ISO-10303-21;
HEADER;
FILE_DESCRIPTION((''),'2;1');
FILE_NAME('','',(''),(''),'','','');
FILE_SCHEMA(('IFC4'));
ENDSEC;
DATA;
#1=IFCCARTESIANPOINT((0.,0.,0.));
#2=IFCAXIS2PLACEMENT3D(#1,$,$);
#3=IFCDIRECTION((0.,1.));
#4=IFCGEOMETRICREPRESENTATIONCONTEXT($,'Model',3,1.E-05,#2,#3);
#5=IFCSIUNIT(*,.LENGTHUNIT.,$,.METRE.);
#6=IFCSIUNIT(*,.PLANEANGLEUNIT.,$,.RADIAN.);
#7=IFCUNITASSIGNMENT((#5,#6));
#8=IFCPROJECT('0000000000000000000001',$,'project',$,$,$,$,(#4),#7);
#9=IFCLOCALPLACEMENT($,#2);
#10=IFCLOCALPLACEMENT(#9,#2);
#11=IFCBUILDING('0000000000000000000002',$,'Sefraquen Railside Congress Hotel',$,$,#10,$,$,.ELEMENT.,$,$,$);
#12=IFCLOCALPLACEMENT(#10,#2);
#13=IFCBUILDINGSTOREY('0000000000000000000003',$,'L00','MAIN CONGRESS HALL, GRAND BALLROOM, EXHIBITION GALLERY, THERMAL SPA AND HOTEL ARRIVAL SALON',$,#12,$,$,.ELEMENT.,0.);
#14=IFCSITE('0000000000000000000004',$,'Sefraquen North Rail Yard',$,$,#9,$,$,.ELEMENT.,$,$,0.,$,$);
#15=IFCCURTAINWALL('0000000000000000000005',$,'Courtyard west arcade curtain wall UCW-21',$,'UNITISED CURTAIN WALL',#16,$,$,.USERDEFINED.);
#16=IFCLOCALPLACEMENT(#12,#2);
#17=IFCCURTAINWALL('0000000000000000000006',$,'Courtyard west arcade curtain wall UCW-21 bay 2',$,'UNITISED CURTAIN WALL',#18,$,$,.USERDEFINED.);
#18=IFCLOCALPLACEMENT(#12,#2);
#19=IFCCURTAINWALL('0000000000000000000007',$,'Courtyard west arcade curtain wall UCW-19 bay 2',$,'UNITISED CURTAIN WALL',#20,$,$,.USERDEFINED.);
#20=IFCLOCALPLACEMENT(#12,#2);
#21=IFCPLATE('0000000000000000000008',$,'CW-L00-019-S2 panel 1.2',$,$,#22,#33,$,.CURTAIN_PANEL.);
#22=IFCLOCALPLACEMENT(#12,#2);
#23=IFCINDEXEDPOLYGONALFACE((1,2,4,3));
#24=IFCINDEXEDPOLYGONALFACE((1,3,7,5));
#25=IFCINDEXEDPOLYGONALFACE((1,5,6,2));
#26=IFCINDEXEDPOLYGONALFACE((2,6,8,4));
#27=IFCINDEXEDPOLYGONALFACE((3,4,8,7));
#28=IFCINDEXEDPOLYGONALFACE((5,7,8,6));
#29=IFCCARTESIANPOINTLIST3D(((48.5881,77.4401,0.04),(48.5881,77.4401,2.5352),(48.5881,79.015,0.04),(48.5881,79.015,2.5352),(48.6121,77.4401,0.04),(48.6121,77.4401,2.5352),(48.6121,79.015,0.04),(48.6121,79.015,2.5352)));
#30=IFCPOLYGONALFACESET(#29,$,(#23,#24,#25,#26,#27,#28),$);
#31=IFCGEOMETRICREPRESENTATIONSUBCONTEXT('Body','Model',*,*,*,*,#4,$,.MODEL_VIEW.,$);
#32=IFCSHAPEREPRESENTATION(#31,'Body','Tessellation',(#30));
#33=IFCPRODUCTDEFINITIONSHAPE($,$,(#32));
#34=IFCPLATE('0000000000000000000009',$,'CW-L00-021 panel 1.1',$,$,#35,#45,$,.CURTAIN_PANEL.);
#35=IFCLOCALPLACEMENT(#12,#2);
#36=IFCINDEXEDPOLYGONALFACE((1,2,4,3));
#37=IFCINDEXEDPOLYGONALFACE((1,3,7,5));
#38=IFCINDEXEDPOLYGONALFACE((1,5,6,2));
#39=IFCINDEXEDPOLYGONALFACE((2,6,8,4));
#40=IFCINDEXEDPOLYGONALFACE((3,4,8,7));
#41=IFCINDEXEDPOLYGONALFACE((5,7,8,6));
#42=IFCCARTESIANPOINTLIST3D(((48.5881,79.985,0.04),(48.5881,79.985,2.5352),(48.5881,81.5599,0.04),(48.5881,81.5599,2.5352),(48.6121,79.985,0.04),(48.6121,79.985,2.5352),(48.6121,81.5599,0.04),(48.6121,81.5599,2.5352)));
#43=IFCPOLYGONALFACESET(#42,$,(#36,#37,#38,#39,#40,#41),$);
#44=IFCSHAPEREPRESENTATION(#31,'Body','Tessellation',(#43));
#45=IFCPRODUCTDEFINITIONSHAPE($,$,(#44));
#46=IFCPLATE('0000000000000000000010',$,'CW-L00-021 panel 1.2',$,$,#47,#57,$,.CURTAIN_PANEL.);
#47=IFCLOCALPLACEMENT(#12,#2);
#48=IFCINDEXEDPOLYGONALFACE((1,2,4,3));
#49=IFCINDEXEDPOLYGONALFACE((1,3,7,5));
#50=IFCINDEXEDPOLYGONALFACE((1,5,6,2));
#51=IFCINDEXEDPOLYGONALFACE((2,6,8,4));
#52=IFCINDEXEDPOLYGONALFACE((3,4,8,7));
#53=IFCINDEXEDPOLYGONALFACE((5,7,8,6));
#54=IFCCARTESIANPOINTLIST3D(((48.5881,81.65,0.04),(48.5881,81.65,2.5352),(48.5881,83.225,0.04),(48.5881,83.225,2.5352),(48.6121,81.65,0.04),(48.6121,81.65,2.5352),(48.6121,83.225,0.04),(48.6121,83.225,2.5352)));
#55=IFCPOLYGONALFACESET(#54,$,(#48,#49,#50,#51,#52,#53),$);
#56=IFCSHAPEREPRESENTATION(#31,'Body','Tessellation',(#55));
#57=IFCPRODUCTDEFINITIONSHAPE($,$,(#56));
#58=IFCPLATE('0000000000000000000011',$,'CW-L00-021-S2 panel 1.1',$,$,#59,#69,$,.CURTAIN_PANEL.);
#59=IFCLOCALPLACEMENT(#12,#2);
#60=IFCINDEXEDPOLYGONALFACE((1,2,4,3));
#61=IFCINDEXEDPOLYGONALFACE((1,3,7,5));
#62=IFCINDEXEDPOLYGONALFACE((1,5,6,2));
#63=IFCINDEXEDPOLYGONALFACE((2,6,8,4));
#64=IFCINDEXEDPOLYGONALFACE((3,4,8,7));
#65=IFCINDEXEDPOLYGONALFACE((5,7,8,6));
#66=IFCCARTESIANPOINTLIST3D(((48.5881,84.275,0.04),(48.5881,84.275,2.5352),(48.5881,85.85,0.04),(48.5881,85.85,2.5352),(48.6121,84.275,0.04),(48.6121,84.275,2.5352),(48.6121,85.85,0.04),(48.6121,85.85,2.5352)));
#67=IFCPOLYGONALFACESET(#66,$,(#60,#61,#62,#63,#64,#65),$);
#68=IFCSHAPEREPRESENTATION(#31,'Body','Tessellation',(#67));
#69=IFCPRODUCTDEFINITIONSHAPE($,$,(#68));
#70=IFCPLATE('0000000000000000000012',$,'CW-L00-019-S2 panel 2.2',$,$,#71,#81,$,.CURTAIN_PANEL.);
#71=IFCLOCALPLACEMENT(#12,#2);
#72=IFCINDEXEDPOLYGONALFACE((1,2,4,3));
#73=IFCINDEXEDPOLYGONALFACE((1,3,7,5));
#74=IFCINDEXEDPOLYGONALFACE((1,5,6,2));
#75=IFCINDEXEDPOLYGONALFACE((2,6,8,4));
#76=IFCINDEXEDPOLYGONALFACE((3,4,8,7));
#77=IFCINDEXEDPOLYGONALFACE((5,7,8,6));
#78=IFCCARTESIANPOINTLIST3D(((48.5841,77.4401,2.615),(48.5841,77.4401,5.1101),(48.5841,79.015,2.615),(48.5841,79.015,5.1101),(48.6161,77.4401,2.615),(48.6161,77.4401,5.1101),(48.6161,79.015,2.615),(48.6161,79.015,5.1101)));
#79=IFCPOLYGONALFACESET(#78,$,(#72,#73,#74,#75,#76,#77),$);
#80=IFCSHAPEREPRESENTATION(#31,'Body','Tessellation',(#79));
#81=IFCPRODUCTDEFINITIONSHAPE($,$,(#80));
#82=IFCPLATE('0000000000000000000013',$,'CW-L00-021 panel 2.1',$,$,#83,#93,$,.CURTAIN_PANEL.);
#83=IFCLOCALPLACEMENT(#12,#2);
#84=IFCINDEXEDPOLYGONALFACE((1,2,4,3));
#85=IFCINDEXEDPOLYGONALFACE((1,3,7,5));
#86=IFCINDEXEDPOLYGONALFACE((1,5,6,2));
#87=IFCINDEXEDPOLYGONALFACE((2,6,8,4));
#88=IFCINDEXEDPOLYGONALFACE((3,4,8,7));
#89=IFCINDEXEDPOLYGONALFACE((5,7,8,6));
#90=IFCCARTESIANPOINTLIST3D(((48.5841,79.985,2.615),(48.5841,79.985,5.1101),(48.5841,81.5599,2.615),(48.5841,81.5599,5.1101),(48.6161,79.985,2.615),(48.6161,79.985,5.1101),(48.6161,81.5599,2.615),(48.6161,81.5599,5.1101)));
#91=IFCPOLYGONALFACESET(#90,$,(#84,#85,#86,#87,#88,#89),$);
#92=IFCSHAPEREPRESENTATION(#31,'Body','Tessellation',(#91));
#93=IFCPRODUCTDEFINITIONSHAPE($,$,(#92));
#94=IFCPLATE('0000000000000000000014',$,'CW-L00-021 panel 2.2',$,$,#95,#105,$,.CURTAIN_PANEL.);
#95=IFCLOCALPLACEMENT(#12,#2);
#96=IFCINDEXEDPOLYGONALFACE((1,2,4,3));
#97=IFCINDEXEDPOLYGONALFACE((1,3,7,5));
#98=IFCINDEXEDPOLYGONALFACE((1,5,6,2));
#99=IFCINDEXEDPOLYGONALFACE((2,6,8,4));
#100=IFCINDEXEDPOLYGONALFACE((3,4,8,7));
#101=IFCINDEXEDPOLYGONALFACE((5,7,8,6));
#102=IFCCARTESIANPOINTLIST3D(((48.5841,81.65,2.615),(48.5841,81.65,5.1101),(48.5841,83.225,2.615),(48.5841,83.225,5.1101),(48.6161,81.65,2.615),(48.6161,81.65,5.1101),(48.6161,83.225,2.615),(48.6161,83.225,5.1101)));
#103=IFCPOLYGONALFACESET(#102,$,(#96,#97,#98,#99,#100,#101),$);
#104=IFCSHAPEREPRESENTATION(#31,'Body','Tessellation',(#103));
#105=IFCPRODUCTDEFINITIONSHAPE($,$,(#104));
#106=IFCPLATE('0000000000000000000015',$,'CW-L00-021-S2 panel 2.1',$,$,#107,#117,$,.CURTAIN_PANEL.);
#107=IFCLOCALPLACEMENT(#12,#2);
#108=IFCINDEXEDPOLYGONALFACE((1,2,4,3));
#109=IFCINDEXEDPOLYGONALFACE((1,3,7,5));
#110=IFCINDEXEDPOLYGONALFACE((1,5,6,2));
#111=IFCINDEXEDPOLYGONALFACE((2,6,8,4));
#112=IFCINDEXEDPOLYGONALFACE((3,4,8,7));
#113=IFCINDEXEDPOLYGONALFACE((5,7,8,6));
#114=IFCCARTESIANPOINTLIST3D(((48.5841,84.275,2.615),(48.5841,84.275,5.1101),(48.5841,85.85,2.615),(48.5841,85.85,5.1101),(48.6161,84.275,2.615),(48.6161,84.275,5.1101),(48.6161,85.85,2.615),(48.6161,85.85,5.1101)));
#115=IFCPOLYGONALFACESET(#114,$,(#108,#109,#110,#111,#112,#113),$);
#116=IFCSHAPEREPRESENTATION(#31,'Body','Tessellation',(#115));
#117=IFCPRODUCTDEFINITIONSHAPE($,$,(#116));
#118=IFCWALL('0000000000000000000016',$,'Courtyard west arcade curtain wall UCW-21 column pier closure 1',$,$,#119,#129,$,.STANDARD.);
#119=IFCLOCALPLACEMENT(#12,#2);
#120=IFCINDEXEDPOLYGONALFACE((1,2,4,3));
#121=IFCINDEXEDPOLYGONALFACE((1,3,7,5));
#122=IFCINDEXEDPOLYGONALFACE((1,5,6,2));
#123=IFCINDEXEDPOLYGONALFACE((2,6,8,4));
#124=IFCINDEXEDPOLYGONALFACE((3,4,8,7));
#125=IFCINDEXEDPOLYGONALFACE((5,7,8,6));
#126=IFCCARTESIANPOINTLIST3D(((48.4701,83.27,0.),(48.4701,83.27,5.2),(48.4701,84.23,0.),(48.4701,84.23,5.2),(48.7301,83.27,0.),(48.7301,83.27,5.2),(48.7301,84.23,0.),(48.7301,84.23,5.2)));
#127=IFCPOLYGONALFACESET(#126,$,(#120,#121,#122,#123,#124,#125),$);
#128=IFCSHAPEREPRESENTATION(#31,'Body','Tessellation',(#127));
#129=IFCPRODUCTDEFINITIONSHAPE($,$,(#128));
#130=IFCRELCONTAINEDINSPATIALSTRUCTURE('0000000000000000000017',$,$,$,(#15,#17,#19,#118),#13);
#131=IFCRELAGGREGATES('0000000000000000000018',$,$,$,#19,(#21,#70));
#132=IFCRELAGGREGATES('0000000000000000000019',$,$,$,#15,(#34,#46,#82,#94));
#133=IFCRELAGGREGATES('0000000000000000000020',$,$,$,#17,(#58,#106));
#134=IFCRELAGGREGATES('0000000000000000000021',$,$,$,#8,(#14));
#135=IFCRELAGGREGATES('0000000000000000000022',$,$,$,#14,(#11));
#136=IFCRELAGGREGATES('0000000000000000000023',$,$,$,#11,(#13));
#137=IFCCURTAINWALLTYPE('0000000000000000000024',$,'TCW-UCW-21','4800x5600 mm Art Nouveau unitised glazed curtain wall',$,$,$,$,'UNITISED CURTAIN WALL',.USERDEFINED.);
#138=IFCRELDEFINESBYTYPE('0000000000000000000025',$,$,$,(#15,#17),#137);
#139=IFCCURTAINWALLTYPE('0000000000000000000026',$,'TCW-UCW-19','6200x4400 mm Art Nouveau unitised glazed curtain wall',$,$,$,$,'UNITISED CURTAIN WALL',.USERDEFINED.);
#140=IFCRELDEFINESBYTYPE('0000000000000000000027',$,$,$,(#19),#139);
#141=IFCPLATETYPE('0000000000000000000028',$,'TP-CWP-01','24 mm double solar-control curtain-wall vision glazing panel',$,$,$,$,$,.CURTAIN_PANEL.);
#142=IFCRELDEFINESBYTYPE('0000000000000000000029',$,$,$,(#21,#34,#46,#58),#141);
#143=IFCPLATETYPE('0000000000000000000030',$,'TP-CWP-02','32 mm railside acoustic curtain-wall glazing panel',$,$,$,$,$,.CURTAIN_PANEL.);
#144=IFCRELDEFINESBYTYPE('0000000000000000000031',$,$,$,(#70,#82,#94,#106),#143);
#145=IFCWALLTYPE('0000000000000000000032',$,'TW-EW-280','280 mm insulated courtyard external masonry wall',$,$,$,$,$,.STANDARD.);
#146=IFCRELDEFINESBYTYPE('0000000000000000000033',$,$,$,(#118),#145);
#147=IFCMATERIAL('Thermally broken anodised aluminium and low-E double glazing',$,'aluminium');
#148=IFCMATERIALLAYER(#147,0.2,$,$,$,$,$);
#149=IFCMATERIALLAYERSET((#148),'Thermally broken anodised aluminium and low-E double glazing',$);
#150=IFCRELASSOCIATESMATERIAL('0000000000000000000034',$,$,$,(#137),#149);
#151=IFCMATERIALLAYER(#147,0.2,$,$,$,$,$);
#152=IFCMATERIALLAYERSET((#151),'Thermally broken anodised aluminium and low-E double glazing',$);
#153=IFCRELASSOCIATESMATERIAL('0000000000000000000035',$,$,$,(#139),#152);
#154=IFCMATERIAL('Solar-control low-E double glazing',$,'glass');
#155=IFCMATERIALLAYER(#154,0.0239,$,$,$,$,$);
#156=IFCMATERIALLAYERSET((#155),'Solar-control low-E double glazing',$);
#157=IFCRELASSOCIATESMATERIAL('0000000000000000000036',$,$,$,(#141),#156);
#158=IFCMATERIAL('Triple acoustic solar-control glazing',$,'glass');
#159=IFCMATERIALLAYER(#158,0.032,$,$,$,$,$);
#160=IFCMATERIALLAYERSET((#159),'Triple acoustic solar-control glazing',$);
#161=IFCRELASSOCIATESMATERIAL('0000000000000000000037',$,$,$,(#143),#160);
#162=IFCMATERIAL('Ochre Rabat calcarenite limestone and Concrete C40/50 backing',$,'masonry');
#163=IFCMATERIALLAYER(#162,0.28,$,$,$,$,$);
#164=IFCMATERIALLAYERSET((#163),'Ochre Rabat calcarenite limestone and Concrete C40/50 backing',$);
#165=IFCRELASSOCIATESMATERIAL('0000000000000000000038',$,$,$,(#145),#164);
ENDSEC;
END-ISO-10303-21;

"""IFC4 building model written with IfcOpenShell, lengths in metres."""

from ifc_helpers import new_model, si_unit, direction, frame, frame_2d, origin, origin_2d, place, context, subcontext, project, spatial, rectangle, extrude, material, layer, layer_set, type_object, element, aggregate, save


model = new_model("IFC4")

# Units and contexts
model_context = context("Model", 3, precision=1e-05, world=origin(), true_north=direction((0.0, 1.0)))
body_context = subcontext(model_context, "Body", "Model", "MODEL_VIEW")
ifc_project = project(units=[si_unit("LENGTHUNIT", "METRE"), si_unit("PLANEANGLEUNIT", "RADIAN")], contexts=[model_context])

# Site, building, storey
site_placement = place(None, origin())
site = spatial("IfcSite", under=ifc_project, at=site_placement, Name="Sefraquen North Rail Yard", CompositionType="ELEMENT", RefElevation=0.0)
building_placement = place(site_placement, origin())
building = spatial("IfcBuilding", under=site, at=building_placement, Name="Sefraquen Railside Congress Hotel", CompositionType="ELEMENT")
storey_placement = place(building_placement, origin())
storey = spatial("IfcBuildingStorey", under=building, at=storey_placement, Name="L00", Description="MAIN CONGRESS HALL, GRAND BALLROOM, EXHIBITION GALLERY, THERMAL SPA AND HOTEL ARRIVAL SALON", CompositionType="ELEMENT", Elevation=0.0)

# Curtain walls
ifc_material_1 = material(Name="Thermally broken anodised aluminium and low-E double glazing", Category="aluminium")
ifc_layer_1 = layer(ifc_material_1, 0.2)
ifc_layer_set_1 = layer_set([ifc_layer_1], Name="Thermally broken anodised aluminium and low-E double glazing")
curtain_wall_type_1 = type_object("IfcCurtainWallType", Name="TCW-UCW-21", Description="4800x5600 mm Art Nouveau unitised glazed curtain wall", ElementType="UNITISED CURTAIN WALL", PredefinedType="USERDEFINED", material=ifc_layer_set_1)
curtain_wall_1_placement = place(storey_placement, origin())
curtain_wall_1 = element("IfcCurtainWall", 1, at=curtain_wall_1_placement, inside=storey, type_object=curtain_wall_type_1, Name="Courtyard west arcade curtain wall UCW-21", ObjectType="UNITISED CURTAIN WALL", PredefinedType="USERDEFINED")
curtain_wall_2_placement = place(storey_placement, origin())
curtain_wall_2 = element("IfcCurtainWall", 2, at=curtain_wall_2_placement, inside=storey, type_object=curtain_wall_type_1, Name="Courtyard west arcade curtain wall UCW-21 bay 2", ObjectType="UNITISED CURTAIN WALL", PredefinedType="USERDEFINED")
ifc_layer_2 = layer(ifc_material_1, 0.2)
ifc_layer_set_2 = layer_set([ifc_layer_2], Name="Thermally broken anodised aluminium and low-E double glazing")
curtain_wall_type_2 = type_object("IfcCurtainWallType", Name="TCW-UCW-19", Description="6200x4400 mm Art Nouveau unitised glazed curtain wall", ElementType="UNITISED CURTAIN WALL", PredefinedType="USERDEFINED", material=ifc_layer_set_2)
curtain_wall_3_placement = place(storey_placement, origin())
curtain_wall_3 = element("IfcCurtainWall", 3, at=curtain_wall_3_placement, inside=storey, type_object=curtain_wall_type_2, Name="Courtyard west arcade curtain wall UCW-19 bay 2", ObjectType="UNITISED CURTAIN WALL", PredefinedType="USERDEFINED")

# Plates
ifc_material_2 = material(Name="Solar-control low-E double glazing", Category="glass")
ifc_layer_3 = layer(ifc_material_2, 0.0239)
ifc_layer_set_3 = layer_set([ifc_layer_3], Name="Solar-control low-E double glazing")
plate_type_1 = type_object("IfcPlateType", Name="TP-CWP-01", Description="24 mm double solar-control curtain-wall vision glazing panel", PredefinedType="CURTAIN_PANEL", material=ifc_layer_set_3)
plate_1_placement = place(storey_placement, frame((48.6001, 78.2275, 0.04), z_axis=(0.0, 0.0, 1.0), x_axis=(0.0, 1.0, 0.0)))
plate_1 = element("IfcPlate", 4, at=plate_1_placement, type_object=plate_type_1, Name="CW-L00-019-S2 panel 1.2", PredefinedType="CURTAIN_PANEL", context=body_context, shape_type="SweptSolid", body=[
    extrude(rectangle(XDim=1.575, YDim=0.0239, at=origin_2d()), origin(), (0.0, 0.0, 1.0), 2.4951),
])
plate_2_placement = place(storey_placement, frame((48.6001, 80.7725, 0.04), z_axis=(0.0, 0.0, 1.0), x_axis=(0.0, 1.0, 0.0)))
plate_2 = element("IfcPlate", 5, at=plate_2_placement, type_object=plate_type_1, Name="CW-L00-021 panel 1.1", PredefinedType="CURTAIN_PANEL", context=body_context, shape_type="SweptSolid", body=[
    extrude(rectangle(XDim=1.575, YDim=0.0239, at=origin_2d()), origin(), (0.0, 0.0, 1.0), 2.4951),
])
plate_3_placement = place(storey_placement, frame((48.6001, 82.4375, 0.04), z_axis=(0.0, 0.0, 1.0), x_axis=(0.0, 1.0, 0.0)))
plate_3 = element("IfcPlate", 6, at=plate_3_placement, type_object=plate_type_1, Name="CW-L00-021 panel 1.2", PredefinedType="CURTAIN_PANEL", context=body_context, shape_type="SweptSolid", body=[
    extrude(rectangle(XDim=1.575, YDim=0.0239, at=origin_2d()), origin(), (0.0, 0.0, 1.0), 2.4951),
])
plate_4_placement = place(storey_placement, frame((48.6001, 85.0625, 0.04), z_axis=(0.0, 0.0, 1.0), x_axis=(0.0, 1.0, 0.0)))
plate_4 = element("IfcPlate", 7, at=plate_4_placement, type_object=plate_type_1, Name="CW-L00-021-S2 panel 1.1", PredefinedType="CURTAIN_PANEL", context=body_context, shape_type="SweptSolid", body=[
    extrude(rectangle(XDim=1.575, YDim=0.0239, at=origin_2d()), origin(), (0.0, 0.0, 1.0), 2.4951),
])
ifc_material_3 = material(Name="Triple acoustic solar-control glazing", Category="glass")
ifc_layer_4 = layer(ifc_material_3, 0.032)
ifc_layer_set_4 = layer_set([ifc_layer_4], Name="Triple acoustic solar-control glazing")
plate_type_2 = type_object("IfcPlateType", Name="TP-CWP-02", Description="32 mm railside acoustic curtain-wall glazing panel", PredefinedType="CURTAIN_PANEL", material=ifc_layer_set_4)
plate_5_placement = place(storey_placement, frame((48.6001, 78.2275, 2.615), z_axis=(0.0, 0.0, 1.0), x_axis=(0.0, 1.0, 0.0)))
plate_5 = element("IfcPlate", 8, at=plate_5_placement, type_object=plate_type_2, Name="CW-L00-019-S2 panel 2.2", PredefinedType="CURTAIN_PANEL", context=body_context, shape_type="SweptSolid", body=[
    extrude(rectangle(XDim=1.575, YDim=0.032, at=origin_2d()), origin(), (0.0, 0.0, 1.0), 2.4951),
])
aggregate(curtain_wall_3, [plate_1, plate_5])
plate_6_placement = place(storey_placement, frame((48.6001, 80.7725, 2.615), z_axis=(0.0, 0.0, 1.0), x_axis=(0.0, 1.0, 0.0)))
plate_6 = element("IfcPlate", 9, at=plate_6_placement, type_object=plate_type_2, Name="CW-L00-021 panel 2.1", PredefinedType="CURTAIN_PANEL", context=body_context, shape_type="SweptSolid", body=[
    extrude(rectangle(XDim=1.575, YDim=0.032, at=origin_2d()), origin(), (0.0, 0.0, 1.0), 2.4951),
])
plate_7_placement = place(storey_placement, frame((48.6001, 82.4375, 2.615), z_axis=(0.0, 0.0, 1.0), x_axis=(0.0, 1.0, 0.0)))
plate_7 = element("IfcPlate", 10, at=plate_7_placement, type_object=plate_type_2, Name="CW-L00-021 panel 2.2", PredefinedType="CURTAIN_PANEL", context=body_context, shape_type="SweptSolid", body=[
    extrude(rectangle(XDim=1.575, YDim=0.032, at=origin_2d()), origin(), (0.0, 0.0, 1.0), 2.4951),
])
aggregate(curtain_wall_1, [plate_2, plate_3, plate_6, plate_7])
plate_8_placement = place(storey_placement, frame((48.6001, 85.0625, 2.615), z_axis=(0.0, 0.0, 1.0), x_axis=(0.0, 1.0, 0.0)))
plate_8 = element("IfcPlate", 11, at=plate_8_placement, type_object=plate_type_2, Name="CW-L00-021-S2 panel 2.1", PredefinedType="CURTAIN_PANEL", context=body_context, shape_type="SweptSolid", body=[
    extrude(rectangle(XDim=1.575, YDim=0.032, at=origin_2d()), origin(), (0.0, 0.0, 1.0), 2.4951),
])
aggregate(curtain_wall_2, [plate_4, plate_8])

# Wall
ifc_material_4 = material(Name="Ochre Rabat calcarenite limestone and Concrete C40/50 backing", Category="masonry")
ifc_layer_5 = layer(ifc_material_4, 0.28)
ifc_layer_set_5 = layer_set([ifc_layer_5], Name="Ochre Rabat calcarenite limestone and Concrete C40/50 backing")
wall_type = type_object("IfcWallType", Name="TW-EW-280", Description="280 mm insulated courtyard external masonry wall", PredefinedType="STANDARD", material=ifc_layer_set_5)
wall_placement = place(storey_placement, frame((48.6001, 83.27, 0.0), z_axis=(0.0, 0.0, 1.0), x_axis=(0.0, 1.0, 0.0)))
element("IfcWall", 12, at=wall_placement, inside=storey, type_object=wall_type, Name="Courtyard west arcade curtain wall UCW-21 column pier closure 1", PredefinedType="STANDARD", context=body_context, shape_type="SweptSolid", body=[
    extrude(rectangle(XDim=0.96, YDim=0.26, at=frame_2d((0.48, 0.0))), origin(), (0.0, 0.0, 1.0), 5.2),
])

save(model, "model.ifc")
